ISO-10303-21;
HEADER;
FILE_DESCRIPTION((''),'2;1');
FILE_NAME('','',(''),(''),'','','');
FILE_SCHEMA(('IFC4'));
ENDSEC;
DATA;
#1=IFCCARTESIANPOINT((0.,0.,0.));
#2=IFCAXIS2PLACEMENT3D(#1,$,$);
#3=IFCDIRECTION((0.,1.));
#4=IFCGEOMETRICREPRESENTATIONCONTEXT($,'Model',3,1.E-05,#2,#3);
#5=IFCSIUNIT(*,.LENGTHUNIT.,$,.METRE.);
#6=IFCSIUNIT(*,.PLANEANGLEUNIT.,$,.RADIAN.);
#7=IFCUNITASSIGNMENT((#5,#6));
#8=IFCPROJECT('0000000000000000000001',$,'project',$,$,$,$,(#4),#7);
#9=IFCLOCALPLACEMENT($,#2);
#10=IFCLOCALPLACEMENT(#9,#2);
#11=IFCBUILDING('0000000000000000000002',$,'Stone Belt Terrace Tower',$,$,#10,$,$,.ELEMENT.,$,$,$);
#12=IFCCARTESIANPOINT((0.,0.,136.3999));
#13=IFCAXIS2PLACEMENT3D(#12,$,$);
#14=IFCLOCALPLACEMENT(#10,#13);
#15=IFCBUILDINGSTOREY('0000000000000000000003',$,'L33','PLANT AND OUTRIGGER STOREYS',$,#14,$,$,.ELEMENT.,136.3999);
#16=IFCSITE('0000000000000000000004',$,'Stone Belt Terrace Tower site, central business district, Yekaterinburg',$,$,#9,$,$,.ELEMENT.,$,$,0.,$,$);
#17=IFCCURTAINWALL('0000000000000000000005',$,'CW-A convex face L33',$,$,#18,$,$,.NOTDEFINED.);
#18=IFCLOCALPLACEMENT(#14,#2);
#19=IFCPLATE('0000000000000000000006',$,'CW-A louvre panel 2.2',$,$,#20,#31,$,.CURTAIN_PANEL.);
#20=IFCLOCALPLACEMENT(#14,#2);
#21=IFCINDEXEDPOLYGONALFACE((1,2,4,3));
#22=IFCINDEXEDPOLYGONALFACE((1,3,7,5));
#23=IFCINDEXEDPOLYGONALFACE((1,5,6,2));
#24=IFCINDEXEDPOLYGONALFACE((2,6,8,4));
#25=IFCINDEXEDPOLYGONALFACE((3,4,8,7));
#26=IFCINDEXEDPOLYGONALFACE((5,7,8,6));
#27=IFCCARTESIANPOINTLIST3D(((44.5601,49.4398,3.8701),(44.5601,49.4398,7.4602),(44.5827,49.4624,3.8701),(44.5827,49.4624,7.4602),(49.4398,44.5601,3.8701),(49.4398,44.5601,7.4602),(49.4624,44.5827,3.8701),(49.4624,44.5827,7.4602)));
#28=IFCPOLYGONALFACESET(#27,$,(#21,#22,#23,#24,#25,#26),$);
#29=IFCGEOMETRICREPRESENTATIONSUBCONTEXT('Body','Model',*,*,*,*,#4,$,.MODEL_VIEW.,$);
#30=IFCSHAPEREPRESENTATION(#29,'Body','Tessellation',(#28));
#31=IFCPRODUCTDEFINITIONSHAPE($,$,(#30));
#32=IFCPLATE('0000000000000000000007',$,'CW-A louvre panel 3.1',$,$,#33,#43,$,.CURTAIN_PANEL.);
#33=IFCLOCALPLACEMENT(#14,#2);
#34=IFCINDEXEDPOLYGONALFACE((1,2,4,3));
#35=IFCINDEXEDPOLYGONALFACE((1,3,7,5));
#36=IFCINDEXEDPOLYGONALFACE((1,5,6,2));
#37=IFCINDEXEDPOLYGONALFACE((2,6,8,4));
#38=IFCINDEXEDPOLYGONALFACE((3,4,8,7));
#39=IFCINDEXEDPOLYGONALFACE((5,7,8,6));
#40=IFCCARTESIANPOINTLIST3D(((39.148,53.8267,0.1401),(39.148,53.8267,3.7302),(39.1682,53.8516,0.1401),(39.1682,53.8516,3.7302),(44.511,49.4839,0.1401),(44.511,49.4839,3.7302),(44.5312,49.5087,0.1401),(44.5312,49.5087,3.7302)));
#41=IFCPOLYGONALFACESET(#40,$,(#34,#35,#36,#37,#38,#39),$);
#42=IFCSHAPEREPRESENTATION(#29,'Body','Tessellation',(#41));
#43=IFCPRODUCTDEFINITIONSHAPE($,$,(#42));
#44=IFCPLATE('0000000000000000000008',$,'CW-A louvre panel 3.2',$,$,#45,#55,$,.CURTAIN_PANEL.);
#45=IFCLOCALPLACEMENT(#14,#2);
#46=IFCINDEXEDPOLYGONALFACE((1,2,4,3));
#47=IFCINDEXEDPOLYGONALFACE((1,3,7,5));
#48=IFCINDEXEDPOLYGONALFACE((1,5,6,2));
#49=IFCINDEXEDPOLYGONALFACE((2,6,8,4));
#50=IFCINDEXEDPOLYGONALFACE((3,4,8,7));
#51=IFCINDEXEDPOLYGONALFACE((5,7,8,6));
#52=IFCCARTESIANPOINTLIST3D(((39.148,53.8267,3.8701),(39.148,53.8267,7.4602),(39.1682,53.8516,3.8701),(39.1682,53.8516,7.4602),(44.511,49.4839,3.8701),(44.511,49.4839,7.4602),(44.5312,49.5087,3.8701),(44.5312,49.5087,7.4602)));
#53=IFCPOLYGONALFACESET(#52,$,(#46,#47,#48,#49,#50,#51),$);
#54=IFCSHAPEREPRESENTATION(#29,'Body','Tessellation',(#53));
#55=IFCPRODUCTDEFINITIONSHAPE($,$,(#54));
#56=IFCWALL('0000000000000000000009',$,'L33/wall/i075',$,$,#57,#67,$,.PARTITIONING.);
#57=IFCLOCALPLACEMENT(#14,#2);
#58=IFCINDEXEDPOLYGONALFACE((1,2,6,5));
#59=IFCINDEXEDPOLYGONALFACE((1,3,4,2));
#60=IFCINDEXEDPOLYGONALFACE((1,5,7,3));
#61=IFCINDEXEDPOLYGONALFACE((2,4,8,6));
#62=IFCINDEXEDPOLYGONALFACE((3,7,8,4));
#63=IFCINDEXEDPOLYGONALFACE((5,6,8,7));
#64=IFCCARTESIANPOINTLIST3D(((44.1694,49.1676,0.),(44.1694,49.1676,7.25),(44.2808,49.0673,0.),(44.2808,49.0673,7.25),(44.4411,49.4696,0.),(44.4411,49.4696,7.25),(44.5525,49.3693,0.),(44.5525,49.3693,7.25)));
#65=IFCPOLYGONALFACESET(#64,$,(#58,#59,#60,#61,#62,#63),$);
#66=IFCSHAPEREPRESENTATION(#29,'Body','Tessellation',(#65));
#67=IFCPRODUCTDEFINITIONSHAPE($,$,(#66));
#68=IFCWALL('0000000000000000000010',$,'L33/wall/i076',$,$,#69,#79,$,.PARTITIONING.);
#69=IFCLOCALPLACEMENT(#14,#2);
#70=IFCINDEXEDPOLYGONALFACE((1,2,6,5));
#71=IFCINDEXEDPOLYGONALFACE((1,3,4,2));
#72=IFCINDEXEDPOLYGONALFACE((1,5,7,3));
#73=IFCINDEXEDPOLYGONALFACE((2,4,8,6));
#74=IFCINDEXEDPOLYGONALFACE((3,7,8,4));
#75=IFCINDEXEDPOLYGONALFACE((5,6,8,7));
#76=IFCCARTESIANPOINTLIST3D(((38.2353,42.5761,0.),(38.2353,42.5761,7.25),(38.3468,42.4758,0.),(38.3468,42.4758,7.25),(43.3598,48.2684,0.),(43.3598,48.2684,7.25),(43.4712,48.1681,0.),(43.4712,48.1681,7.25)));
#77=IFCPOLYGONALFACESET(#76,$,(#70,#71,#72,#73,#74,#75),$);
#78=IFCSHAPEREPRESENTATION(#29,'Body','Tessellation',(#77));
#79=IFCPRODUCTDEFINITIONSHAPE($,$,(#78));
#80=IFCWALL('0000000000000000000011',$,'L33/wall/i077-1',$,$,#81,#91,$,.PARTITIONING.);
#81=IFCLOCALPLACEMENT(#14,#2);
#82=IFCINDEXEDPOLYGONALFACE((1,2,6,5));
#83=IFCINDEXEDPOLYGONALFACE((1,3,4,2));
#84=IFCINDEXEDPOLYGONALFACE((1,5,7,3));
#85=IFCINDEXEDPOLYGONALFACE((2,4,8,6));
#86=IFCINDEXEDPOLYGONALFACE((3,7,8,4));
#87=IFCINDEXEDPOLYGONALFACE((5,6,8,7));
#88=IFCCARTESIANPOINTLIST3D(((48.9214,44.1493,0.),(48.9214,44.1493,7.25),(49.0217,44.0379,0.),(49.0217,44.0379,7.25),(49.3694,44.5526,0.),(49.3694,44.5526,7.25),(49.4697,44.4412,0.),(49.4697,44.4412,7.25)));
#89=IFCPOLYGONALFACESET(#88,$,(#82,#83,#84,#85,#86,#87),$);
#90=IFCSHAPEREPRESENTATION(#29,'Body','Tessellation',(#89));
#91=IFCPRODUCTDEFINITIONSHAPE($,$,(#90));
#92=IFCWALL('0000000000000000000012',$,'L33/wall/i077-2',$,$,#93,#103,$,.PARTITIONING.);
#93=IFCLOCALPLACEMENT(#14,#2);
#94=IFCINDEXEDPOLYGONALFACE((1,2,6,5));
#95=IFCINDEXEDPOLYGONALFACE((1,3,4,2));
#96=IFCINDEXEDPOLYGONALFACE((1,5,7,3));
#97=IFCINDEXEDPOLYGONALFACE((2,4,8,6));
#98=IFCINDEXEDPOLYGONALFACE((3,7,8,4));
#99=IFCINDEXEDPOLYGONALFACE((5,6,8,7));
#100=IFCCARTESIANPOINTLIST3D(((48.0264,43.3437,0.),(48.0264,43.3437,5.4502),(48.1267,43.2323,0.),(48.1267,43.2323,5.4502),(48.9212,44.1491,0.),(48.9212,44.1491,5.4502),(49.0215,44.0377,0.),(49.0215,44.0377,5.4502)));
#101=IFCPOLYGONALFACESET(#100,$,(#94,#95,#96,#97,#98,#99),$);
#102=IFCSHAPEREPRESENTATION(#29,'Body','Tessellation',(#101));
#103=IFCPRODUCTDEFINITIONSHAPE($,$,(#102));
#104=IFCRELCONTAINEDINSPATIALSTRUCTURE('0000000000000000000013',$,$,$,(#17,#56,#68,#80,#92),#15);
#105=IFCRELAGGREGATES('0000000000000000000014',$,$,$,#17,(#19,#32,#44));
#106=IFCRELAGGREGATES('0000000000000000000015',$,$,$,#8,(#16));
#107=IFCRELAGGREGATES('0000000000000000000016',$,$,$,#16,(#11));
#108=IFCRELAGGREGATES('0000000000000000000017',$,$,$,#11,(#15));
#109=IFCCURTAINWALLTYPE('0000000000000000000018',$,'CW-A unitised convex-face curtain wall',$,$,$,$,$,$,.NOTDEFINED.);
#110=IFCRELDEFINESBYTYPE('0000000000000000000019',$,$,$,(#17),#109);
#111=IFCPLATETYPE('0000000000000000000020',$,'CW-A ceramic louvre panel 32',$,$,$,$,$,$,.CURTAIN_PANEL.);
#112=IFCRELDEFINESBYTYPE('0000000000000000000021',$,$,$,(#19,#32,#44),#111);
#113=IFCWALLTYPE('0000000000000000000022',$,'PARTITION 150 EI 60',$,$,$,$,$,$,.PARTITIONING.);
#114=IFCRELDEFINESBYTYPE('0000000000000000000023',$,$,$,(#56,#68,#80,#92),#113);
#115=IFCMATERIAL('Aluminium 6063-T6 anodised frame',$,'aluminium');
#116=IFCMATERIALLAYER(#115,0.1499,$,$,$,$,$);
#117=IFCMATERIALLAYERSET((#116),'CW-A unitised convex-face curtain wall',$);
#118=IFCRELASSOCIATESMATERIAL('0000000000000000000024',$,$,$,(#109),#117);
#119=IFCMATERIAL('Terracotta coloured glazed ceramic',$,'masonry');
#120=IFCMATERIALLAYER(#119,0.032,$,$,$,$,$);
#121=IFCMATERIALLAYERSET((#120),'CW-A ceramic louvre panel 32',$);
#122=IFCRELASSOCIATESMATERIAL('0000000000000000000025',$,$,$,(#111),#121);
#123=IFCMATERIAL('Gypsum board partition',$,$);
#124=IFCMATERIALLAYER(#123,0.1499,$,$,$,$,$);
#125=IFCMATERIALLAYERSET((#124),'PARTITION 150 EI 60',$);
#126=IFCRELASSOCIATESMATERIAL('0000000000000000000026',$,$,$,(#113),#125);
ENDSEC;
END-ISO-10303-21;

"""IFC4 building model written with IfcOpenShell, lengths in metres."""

from ifc_helpers import new_model, si_unit, direction, frame, frame_2d, origin, origin_2d, place, context, subcontext, project, spatial, rectangle, extrude, material, layer, layer_set, type_object, element, aggregate, save


model = new_model("IFC4")

# Units and contexts
model_context = context("Model", 3, precision=1e-05, world=origin(), true_north=direction((0.0, 1.0)))
body_context = subcontext(model_context, "Body", "Model", "MODEL_VIEW")
ifc_project = project(units=[si_unit("LENGTHUNIT", "METRE"), si_unit("PLANEANGLEUNIT", "RADIAN")], contexts=[model_context])

# Site, building, storey
site_placement = place(None, origin())
site = spatial("IfcSite", under=ifc_project, at=site_placement, Name="Stone Belt Terrace Tower site, central business district, Yekaterinburg", CompositionType="ELEMENT", RefElevation=0.0)
building_placement = place(site_placement, origin())
building = spatial("IfcBuilding", under=site, at=building_placement, Name="Stone Belt Terrace Tower", CompositionType="ELEMENT")
storey_placement = place(building_placement, frame((0.0, 0.0, 136.3999)))
storey = spatial("IfcBuildingStorey", under=building, at=storey_placement, Name="L33", Description="PLANT AND OUTRIGGER STOREYS", CompositionType="ELEMENT", Elevation=136.3999)

# Curtain wall
ifc_material_1 = material(Name="Aluminium 6063-T6 anodised frame", Category="aluminium")
ifc_layer_1 = layer(ifc_material_1, 0.1499)
ifc_layer_set_1 = layer_set([ifc_layer_1], Name="CW-A unitised convex-face curtain wall")
curtain_wall_type = type_object("IfcCurtainWallType", Name="CW-A unitised convex-face curtain wall", PredefinedType="NOTDEFINED", material=ifc_layer_set_1)
curtain_wall_placement = place(storey_placement, origin())
curtain_wall = element("IfcCurtainWall", 1, at=curtain_wall_placement, inside=storey, type_object=curtain_wall_type, Name="CW-A convex face L33", PredefinedType="NOTDEFINED")

# Plates
ifc_material_2 = material(Name="Terracotta coloured glazed ceramic", Category="masonry")
ifc_layer_2 = layer(ifc_material_2, 0.032)
ifc_layer_set_2 = layer_set([ifc_layer_2], Name="CW-A ceramic louvre panel 32")
plate_type = type_object("IfcPlateType", Name="CW-A ceramic louvre panel 32", PredefinedType="CURTAIN_PANEL", material=ifc_layer_set_2)
plate_1_placement = place(storey_placement, frame((47.0112, 47.0112, 3.8701), z_axis=(0.0, 0.0, 1.0), x_axis=(-0.707107, 0.707107, 0.0)))
plate_1 = element("IfcPlate", 2, at=plate_1_placement, type_object=plate_type, Name="CW-A louvre panel 2.2", PredefinedType="CURTAIN_PANEL", context=body_context, shape_type="SweptSolid", body=[
    extrude(rectangle(XDim=6.9009, YDim=0.032, at=origin_2d()), origin(), (0.0, 0.0, 1.0), 3.5901),
])
plate_2_placement = place(storey_placement, frame((41.8396, 51.6677, 0.1401), z_axis=(0.0, 0.0, 1.0), x_axis=(-0.777146, 0.62932, 0.0)))
plate_2 = element("IfcPlate", 3, at=plate_2_placement, type_object=plate_type, Name="CW-A louvre panel 3.1", PredefinedType="CURTAIN_PANEL", context=body_context, shape_type="SweptSolid", body=[
    extrude(rectangle(XDim=6.9009, YDim=0.032, at=origin_2d()), origin(), (0.0, 0.0, 1.0), 3.5901),
])
plate_3_placement = place(storey_placement, frame((41.8396, 51.6677, 3.8701), z_axis=(0.0, 0.0, 1.0), x_axis=(-0.777146, 0.62932, 0.0)))
plate_3 = element("IfcPlate", 4, at=plate_3_placement, type_object=plate_type, Name="CW-A louvre panel 3.2", PredefinedType="CURTAIN_PANEL", context=body_context, shape_type="SweptSolid", body=[
    extrude(rectangle(XDim=6.9009, YDim=0.032, at=origin_2d()), origin(), (0.0, 0.0, 1.0), 3.5901),
])
aggregate(curtain_wall, [plate_1, plate_2, plate_3])

# Walls
ifc_material_3 = material(Name="Gypsum board partition")
ifc_layer_3 = layer(ifc_material_3, 0.1499)
ifc_layer_set_3 = layer_set([ifc_layer_3], Name="PARTITION 150 EI 60")
wall_type = type_object("IfcWallType", Name="PARTITION 150 EI 60", PredefinedType="PARTITIONING", material=ifc_layer_set_3)
wall_1_placement = place(storey_placement, frame((44.4968, 49.4194, 0.0), z_axis=(0.0, 0.0, 1.0), x_axis=(-0.668865, -0.743384, 0.0)))
element("IfcWall", 5, at=wall_1_placement, inside=storey, type_object=wall_type, Name="L33/wall/i075", PredefinedType="PARTITIONING", context=body_context, shape_type="SweptSolid", body=[
    extrude(rectangle(XDim=0.4062, YDim=0.1499, at=frame_2d((0.2031, 0.0))), origin(), (0.0, 0.0, 1.0), 7.25),
])
wall_2_placement = place(storey_placement, frame((43.4155, 48.2183, 0.0), z_axis=(0.0, 0.0, 1.0), x_axis=(-0.669063, -0.743205, 0.0)))
element("IfcWall", 6, at=wall_2_placement, inside=storey, type_object=wall_type, Name="L33/wall/i076", PredefinedType="PARTITIONING", context=body_context, shape_type="SweptSolid", body=[
    extrude(rectangle(XDim=7.6592, YDim=0.1499, at=frame_2d((3.8296, 0.0))), origin(), (0.0, 0.0, 1.0), 7.25),
])
wall_3_placement = place(storey_placement, frame((49.4194, 44.4968, 0.0), z_axis=(0.0, 0.0, 1.0), x_axis=(-0.743193, -0.669077, 0.0)))
element("IfcWall", 7, at=wall_3_placement, inside=storey, type_object=wall_type, Name="L33/wall/i077-1", PredefinedType="PARTITIONING", context=body_context, shape_type="SweptSolid", body=[
    extrude(rectangle(XDim=0.6028, YDim=0.1499, at=frame_2d((0.3013, 0.0))), origin(), (0.0, 0.0, 1.0), 7.25),
])
wall_4_placement = place(storey_placement, frame((48.9714, 44.0935, 0.0), z_axis=(0.0, 0.0, 1.0), x_axis=(-0.743244, -0.669021, 0.0)))
element("IfcWall", 8, at=wall_4_placement, inside=storey, type_object=wall_type, Name="L33/wall/i077-2", PredefinedType="PARTITIONING", context=body_context, shape_type="SweptSolid", body=[
    extrude(rectangle(XDim=1.2039, YDim=0.1499, at=frame_2d((0.6021, 0.0))), origin(), (0.0, 0.0, 1.0), 5.4502),
])

save(model, "model.ifc")
